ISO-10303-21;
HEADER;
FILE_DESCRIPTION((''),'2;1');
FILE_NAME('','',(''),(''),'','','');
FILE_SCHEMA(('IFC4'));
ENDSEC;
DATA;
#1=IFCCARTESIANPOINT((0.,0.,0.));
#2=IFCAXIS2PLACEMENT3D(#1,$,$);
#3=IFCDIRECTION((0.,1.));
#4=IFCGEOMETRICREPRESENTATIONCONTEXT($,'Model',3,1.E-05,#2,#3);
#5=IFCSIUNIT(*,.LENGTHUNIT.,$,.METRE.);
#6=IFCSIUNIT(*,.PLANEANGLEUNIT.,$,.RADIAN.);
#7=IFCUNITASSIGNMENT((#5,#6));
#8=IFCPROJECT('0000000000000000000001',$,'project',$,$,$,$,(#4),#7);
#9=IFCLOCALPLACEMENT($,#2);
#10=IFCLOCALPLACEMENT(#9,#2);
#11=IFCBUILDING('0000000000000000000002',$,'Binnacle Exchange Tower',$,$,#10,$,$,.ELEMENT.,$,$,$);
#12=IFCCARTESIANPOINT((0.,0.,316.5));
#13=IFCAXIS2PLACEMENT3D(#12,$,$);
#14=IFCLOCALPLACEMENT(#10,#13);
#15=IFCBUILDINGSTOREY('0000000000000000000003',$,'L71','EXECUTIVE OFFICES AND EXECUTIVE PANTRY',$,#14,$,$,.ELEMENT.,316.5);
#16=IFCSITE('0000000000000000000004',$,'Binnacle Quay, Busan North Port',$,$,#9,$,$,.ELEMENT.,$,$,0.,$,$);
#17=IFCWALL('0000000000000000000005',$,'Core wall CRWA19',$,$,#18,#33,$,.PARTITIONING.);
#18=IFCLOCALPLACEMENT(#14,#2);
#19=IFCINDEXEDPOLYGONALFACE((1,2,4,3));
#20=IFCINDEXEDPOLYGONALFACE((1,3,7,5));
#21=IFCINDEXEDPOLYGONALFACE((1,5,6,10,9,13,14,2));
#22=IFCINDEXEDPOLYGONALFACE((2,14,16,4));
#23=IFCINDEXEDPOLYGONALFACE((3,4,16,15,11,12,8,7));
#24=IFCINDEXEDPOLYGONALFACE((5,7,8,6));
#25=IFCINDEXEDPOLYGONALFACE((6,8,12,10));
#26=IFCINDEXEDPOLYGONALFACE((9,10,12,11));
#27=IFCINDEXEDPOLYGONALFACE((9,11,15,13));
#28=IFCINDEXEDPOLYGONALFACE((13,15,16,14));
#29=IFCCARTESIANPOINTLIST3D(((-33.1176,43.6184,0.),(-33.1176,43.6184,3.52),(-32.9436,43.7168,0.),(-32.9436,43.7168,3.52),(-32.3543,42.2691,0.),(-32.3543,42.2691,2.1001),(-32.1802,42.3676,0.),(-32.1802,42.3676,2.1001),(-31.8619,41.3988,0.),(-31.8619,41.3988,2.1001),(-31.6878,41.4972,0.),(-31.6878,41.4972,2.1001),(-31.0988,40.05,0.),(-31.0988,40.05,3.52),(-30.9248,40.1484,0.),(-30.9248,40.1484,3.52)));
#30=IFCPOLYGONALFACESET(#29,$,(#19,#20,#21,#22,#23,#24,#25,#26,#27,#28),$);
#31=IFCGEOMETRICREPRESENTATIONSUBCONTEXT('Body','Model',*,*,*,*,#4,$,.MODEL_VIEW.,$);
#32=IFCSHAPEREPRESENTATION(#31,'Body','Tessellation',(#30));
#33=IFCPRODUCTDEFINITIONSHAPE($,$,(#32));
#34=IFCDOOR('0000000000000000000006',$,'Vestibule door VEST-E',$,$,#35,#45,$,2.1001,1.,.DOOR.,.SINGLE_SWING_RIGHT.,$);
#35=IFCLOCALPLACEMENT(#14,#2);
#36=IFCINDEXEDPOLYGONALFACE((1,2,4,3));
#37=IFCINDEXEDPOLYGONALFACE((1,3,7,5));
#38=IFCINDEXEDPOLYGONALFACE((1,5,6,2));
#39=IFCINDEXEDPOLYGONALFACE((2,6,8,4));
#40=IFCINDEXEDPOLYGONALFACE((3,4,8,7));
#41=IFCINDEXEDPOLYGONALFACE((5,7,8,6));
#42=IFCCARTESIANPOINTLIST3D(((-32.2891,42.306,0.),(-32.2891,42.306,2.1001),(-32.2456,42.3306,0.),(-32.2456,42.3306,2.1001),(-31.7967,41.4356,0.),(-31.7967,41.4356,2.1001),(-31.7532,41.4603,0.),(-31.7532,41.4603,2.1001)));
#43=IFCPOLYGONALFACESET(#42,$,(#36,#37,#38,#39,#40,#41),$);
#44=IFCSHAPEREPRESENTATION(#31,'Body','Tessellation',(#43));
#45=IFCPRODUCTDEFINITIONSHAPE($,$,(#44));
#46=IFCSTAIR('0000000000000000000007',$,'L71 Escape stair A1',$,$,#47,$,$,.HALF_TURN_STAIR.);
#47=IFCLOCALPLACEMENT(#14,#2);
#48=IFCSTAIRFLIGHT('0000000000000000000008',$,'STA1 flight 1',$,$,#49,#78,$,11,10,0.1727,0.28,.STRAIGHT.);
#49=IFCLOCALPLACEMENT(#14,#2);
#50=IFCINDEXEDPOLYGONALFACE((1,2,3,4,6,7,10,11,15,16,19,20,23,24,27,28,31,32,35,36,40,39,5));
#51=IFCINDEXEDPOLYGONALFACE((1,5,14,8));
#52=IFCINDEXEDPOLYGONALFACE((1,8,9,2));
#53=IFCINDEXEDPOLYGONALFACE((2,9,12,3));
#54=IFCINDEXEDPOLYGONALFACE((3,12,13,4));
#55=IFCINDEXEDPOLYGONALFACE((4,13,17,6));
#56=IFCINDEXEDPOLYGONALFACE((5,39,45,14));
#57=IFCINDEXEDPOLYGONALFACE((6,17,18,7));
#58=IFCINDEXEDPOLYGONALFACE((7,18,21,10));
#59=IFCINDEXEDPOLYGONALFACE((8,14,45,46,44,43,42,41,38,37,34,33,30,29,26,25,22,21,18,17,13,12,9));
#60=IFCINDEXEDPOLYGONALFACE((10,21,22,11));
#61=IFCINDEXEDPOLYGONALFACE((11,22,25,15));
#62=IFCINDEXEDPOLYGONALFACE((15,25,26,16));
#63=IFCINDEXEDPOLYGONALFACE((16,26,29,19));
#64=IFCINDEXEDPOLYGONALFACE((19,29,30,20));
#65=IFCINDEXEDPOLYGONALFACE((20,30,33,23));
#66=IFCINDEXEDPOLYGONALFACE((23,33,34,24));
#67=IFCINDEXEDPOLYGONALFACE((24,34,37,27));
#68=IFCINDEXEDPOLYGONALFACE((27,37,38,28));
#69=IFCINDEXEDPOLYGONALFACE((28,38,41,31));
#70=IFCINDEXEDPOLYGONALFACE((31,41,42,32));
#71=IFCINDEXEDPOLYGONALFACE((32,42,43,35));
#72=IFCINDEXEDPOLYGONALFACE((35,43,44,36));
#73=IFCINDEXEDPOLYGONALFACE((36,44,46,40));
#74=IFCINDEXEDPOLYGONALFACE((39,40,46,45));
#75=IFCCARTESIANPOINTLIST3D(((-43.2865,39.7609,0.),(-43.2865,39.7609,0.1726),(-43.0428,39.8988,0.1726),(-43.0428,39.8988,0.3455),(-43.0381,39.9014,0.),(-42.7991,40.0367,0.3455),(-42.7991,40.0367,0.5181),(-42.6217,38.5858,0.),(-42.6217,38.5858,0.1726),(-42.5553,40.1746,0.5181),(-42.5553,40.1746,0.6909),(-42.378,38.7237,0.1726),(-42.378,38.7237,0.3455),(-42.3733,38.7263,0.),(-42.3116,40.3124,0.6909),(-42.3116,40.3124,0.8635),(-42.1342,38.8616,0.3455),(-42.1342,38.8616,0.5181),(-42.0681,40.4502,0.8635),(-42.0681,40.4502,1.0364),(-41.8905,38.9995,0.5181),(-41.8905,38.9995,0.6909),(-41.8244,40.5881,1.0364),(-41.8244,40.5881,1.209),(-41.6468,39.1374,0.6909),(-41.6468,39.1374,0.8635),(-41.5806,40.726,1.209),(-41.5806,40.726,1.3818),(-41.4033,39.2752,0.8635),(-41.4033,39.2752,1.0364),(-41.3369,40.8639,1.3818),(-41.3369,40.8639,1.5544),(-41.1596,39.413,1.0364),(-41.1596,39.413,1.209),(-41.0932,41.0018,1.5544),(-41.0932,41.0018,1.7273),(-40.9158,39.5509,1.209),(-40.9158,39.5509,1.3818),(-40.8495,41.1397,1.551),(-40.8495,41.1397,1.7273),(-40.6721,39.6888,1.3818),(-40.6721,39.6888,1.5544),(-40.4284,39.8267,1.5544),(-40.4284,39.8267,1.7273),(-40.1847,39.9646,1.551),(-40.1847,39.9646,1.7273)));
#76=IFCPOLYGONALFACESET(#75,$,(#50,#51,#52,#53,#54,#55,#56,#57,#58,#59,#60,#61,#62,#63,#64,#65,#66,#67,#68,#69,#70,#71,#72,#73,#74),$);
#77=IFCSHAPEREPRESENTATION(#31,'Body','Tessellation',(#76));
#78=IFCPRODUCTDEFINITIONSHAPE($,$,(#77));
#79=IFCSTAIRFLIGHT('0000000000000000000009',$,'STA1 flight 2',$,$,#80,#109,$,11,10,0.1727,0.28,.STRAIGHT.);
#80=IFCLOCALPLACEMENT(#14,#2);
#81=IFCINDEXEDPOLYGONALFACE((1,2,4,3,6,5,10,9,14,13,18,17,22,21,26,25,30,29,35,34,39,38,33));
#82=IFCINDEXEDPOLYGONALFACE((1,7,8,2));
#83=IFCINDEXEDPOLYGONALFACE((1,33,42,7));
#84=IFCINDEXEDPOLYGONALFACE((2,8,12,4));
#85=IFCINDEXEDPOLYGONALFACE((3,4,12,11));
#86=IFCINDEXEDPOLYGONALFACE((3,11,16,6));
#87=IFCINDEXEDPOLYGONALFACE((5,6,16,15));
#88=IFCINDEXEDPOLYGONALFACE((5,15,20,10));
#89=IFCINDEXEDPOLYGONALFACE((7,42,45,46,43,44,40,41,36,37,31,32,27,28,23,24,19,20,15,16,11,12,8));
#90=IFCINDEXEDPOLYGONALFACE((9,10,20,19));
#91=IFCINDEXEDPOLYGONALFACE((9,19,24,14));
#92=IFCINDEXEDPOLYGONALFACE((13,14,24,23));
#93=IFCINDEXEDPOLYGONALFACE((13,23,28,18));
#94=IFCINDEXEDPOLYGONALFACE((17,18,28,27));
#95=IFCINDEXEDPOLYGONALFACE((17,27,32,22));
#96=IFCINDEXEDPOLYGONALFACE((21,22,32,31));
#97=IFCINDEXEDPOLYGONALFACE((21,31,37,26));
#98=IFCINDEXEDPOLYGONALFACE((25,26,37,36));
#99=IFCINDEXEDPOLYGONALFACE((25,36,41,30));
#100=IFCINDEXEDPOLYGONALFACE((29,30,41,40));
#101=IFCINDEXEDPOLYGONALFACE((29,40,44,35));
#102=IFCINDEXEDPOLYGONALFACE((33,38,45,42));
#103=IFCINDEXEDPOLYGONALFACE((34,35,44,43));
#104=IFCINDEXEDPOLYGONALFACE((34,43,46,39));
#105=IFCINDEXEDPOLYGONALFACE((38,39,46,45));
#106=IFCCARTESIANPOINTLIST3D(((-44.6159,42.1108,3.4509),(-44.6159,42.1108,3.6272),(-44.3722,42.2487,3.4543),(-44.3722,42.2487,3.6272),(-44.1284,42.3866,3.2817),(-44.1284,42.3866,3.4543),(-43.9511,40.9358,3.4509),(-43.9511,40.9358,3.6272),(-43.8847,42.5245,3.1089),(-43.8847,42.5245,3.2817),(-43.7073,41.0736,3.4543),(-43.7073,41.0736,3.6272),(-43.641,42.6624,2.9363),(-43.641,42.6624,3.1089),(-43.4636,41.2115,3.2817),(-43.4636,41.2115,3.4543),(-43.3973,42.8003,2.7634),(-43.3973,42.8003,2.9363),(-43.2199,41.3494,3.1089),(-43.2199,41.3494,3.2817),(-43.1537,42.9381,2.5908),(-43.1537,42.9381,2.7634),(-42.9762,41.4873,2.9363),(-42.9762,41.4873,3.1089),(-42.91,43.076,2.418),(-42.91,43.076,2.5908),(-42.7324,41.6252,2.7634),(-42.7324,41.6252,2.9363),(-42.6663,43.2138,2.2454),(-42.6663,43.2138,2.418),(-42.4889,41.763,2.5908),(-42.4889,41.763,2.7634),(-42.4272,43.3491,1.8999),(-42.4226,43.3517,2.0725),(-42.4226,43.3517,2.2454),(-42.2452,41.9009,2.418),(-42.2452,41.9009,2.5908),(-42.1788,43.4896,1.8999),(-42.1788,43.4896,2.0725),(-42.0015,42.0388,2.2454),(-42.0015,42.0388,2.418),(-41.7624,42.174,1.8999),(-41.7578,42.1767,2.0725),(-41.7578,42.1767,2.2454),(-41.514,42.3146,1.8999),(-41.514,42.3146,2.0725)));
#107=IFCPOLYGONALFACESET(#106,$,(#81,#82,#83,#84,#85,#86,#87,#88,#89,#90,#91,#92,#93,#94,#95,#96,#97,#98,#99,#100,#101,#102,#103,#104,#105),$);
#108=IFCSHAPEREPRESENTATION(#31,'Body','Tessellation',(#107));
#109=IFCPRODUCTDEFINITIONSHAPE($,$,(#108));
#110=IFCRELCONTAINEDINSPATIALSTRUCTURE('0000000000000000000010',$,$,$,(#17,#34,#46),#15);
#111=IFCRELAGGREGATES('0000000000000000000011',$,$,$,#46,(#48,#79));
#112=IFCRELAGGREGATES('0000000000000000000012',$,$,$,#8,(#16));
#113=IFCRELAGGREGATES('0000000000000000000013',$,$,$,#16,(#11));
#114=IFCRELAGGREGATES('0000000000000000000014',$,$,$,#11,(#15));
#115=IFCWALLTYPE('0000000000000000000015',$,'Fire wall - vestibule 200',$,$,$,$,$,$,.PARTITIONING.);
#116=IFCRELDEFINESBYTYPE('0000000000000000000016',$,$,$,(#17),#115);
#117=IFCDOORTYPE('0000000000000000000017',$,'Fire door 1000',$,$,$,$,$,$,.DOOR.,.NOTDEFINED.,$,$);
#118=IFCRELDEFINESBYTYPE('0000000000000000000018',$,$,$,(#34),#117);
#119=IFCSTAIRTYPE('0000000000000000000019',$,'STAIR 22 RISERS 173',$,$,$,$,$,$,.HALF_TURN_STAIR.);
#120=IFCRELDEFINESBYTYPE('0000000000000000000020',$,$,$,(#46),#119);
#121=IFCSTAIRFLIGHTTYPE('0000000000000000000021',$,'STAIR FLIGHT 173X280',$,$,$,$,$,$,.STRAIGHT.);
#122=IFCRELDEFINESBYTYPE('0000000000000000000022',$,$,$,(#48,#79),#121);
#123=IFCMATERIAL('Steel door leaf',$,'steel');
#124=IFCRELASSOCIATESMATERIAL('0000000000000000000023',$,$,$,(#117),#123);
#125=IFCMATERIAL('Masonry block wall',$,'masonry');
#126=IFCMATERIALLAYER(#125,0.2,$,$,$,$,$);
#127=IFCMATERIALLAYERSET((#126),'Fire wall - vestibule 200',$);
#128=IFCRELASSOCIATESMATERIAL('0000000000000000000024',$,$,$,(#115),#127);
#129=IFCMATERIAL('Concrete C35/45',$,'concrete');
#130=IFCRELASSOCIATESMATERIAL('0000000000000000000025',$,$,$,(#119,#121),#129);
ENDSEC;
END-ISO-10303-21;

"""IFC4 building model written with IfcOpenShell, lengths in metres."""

from ifc_helpers import new_model, si_unit, direction, frame, frame_2d, origin, place, context, subcontext, project, spatial, polyline, rectangle, outline, extrude, material, layer, layer_set, type_object, element, fill, aggregate, save


model = new_model("IFC4")

# Units and contexts
model_context = context("Model", 3, precision=1e-05, world=origin(), true_north=direction((0.0, 1.0)))
body_context = subcontext(model_context, "Body", "Model", "MODEL_VIEW")
ifc_project = project(units=[si_unit("LENGTHUNIT", "METRE"), si_unit("PLANEANGLEUNIT", "RADIAN")], contexts=[model_context])

# Site, building, storey
site_placement = place(None, origin())
site = spatial("IfcSite", under=ifc_project, at=site_placement, Name="Binnacle Quay, Busan North Port", CompositionType="ELEMENT", RefElevation=0.0)
building_placement = place(site_placement, origin())
building = spatial("IfcBuilding", under=site, at=building_placement, Name="Binnacle Exchange Tower", CompositionType="ELEMENT")
storey_placement = place(building_placement, frame((0.0, 0.0, 316.5)))
storey = spatial("IfcBuildingStorey", under=building, at=storey_placement, Name="L71", Description="EXECUTIVE OFFICES AND EXECUTIVE PANTRY", CompositionType="ELEMENT", Elevation=316.5)

# Shared definitions
ifc_material_1 = material(Name="Steel door leaf", Category="steel")

# Shared definitions
door_type_1 = type_object("IfcDoorType", Name="Fire door 1000", OperationType="NOTDEFINED", PredefinedType="DOOR", material=ifc_material_1)

# Wall, opening, door
ifc_material_2 = material(Name="Masonry block wall", Category="masonry")
ifc_layer_1 = layer(ifc_material_2, 0.2)
ifc_layer_set_1 = layer_set([ifc_layer_1], Name="Fire wall - vestibule 200")
wall_type_1 = type_object("IfcWallType", Name="Fire wall - vestibule 200", PredefinedType="PARTITIONING", material=ifc_layer_set_1)
wall_1_placement = place(storey_placement, frame((-33.0305, 43.6675, 0.0), z_axis=(0.0, 0.0, 1.0), x_axis=(0.492408, -0.870364, 0.0)))
wall_1 = element("IfcWall", 1, at=wall_1_placement, inside=storey, type_object=wall_type_1, Name="Core wall CRWA19", PredefinedType="PARTITIONING", context=body_context, shape_type="SweptSolid", body=[
    extrude(rectangle(XDim=4.0999, YDim=0.2, at=frame_2d((2.0498, 0.0))), origin(), (0.0, 0.0, 1.0), 3.52),
])
opening_1_placement = place(wall_1_placement, frame((1.55, 0.0, 0.0)))
opening_1 = element("IfcOpeningElement", 2, at=opening_1_placement, cuts=wall_1, PredefinedType="OPENING", context=body_context, shape_type="SweptSolid", body=[
    extrude(rectangle(XDim=1.0, YDim=2.1001, at=frame_2d((0.5, 1.05))), frame((0.0, 0.1099, 0.0), z_axis=(0.0, -1.0, 0.0), x_axis=(1.0, 0.0, 0.0)), (0.0, 0.0, 1.0), 0.22),
])
door_1_placement = place(opening_1_placement, origin())
door_1 = element("IfcDoor", 3, at=door_1_placement, inside=storey, type_object=door_type_1, Name="Vestibule door VEST-E", OperationType="SINGLE_SWING_RIGHT", OverallHeight=2.1001, OverallWidth=1.0, PredefinedType="DOOR", context=body_context, shape_type="SweptSolid", body=[
    extrude(rectangle(XDim=1.0, YDim=2.1001, at=frame_2d((0.5, 1.05))), frame((0.0, 0.0249, 0.0), z_axis=(0.0, -1.0, 0.0), x_axis=(1.0, 0.0, 0.0)), (0.0, 0.0, 1.0), 0.05),
])
fill(opening_1, door_1)

# Stair, stair flights
ifc_material_3 = material(Name="Concrete C35/45", Category="concrete")
stair_type = type_object("IfcStairType", Name="STAIR 22 RISERS 173", PredefinedType="HALF_TURN_STAIR", material=ifc_material_3)
stair_placement = place(storey_placement, origin())
stair = element("IfcStair", 4, at=stair_placement, inside=storey, type_object=stair_type, Name="L71 Escape stair A1", PredefinedType="HALF_TURN_STAIR")
stair_flight_type = type_object("IfcStairFlightType", Name="STAIR FLIGHT 173X280", PredefinedType="STRAIGHT", material=ifc_material_3)
stair_flight_1_placement = place(storey_placement, frame((-42.9541, 39.1733, 0.0), z_axis=(0.0, 0.0, 1.0), x_axis=(0.870356, 0.492424, 0.0)))
stair_flight_1 = element("IfcStairFlight", 5, at=stair_flight_1_placement, type_object=stair_flight_type, Name="STA1 flight 1", NumberOfRisers=11, NumberOfTreads=10, PredefinedType="STRAIGHT", RiserHeight=0.1727, TreadLength=0.28, context=body_context, shape_type="SweptSolid", body=[
    extrude(outline(polyline([(0.0, 0.0), (0.0, 0.1726), (0.28, 0.1726), (0.28, 0.3455), (0.5601, 0.3455), (0.5601, 0.5181), (0.8401, 0.5181), (0.8401, 0.6909), (1.1201, 0.6909), (1.1201, 0.8635), (1.3999, 0.8635), (1.3999, 1.0364), (1.6799, 1.0364), (1.6799, 1.209), (1.96, 1.209), (1.96, 1.3818), (2.24, 1.3818), (2.24, 1.5544), (2.52, 1.5544), (2.52, 1.7273), (2.8, 1.7273), (2.8, 1.8999), (2.8, 1.551), (0.2854, 0.0), (0.0, 0.0)])), frame((0.0, 0.675, 0.0), z_axis=(0.0, -1.0, 0.0), x_axis=(1.0, 0.0, 0.0)), (0.0, 0.0, 1.0), 1.3501),
])
stair_flight_2_placement = place(storey_placement, frame((-41.8464, 42.9021, 1.8999), z_axis=(0.0, 0.0, 1.0), x_axis=(-0.870356, -0.492424, 0.0)))
stair_flight_2 = element("IfcStairFlight", 6, at=stair_flight_2_placement, type_object=stair_flight_type, Name="STA1 flight 2", NumberOfRisers=11, NumberOfTreads=10, PredefinedType="STRAIGHT", RiserHeight=0.1727, TreadLength=0.28, context=body_context, shape_type="SweptSolid", body=[
    extrude(outline(polyline([(0.0, 0.0), (0.0, 0.1726), (0.28, 0.1726), (0.28, 0.3455), (0.5601, 0.3455), (0.5601, 0.5181), (0.8401, 0.5181), (0.8401, 0.6909), (1.1201, 0.6909), (1.1201, 0.8635), (1.3999, 0.8635), (1.3999, 1.0364), (1.6799, 1.0364), (1.6799, 1.209), (1.96, 1.209), (1.96, 1.3818), (2.24, 1.3818), (2.24, 1.5544), (2.52, 1.5544), (2.52, 1.7273), (2.8, 1.7273), (2.8, 1.8999), (2.8, 1.551), (0.2854, 0.0), (0.0, 0.0)])), frame((0.0, 0.675, 0.0), z_axis=(0.0, -1.0, 0.0), x_axis=(1.0, 0.0, 0.0)), (0.0, 0.0, 1.0), 1.3501),
])
aggregate(stair, [stair_flight_1, stair_flight_2])

save(model, "model.ifc")
